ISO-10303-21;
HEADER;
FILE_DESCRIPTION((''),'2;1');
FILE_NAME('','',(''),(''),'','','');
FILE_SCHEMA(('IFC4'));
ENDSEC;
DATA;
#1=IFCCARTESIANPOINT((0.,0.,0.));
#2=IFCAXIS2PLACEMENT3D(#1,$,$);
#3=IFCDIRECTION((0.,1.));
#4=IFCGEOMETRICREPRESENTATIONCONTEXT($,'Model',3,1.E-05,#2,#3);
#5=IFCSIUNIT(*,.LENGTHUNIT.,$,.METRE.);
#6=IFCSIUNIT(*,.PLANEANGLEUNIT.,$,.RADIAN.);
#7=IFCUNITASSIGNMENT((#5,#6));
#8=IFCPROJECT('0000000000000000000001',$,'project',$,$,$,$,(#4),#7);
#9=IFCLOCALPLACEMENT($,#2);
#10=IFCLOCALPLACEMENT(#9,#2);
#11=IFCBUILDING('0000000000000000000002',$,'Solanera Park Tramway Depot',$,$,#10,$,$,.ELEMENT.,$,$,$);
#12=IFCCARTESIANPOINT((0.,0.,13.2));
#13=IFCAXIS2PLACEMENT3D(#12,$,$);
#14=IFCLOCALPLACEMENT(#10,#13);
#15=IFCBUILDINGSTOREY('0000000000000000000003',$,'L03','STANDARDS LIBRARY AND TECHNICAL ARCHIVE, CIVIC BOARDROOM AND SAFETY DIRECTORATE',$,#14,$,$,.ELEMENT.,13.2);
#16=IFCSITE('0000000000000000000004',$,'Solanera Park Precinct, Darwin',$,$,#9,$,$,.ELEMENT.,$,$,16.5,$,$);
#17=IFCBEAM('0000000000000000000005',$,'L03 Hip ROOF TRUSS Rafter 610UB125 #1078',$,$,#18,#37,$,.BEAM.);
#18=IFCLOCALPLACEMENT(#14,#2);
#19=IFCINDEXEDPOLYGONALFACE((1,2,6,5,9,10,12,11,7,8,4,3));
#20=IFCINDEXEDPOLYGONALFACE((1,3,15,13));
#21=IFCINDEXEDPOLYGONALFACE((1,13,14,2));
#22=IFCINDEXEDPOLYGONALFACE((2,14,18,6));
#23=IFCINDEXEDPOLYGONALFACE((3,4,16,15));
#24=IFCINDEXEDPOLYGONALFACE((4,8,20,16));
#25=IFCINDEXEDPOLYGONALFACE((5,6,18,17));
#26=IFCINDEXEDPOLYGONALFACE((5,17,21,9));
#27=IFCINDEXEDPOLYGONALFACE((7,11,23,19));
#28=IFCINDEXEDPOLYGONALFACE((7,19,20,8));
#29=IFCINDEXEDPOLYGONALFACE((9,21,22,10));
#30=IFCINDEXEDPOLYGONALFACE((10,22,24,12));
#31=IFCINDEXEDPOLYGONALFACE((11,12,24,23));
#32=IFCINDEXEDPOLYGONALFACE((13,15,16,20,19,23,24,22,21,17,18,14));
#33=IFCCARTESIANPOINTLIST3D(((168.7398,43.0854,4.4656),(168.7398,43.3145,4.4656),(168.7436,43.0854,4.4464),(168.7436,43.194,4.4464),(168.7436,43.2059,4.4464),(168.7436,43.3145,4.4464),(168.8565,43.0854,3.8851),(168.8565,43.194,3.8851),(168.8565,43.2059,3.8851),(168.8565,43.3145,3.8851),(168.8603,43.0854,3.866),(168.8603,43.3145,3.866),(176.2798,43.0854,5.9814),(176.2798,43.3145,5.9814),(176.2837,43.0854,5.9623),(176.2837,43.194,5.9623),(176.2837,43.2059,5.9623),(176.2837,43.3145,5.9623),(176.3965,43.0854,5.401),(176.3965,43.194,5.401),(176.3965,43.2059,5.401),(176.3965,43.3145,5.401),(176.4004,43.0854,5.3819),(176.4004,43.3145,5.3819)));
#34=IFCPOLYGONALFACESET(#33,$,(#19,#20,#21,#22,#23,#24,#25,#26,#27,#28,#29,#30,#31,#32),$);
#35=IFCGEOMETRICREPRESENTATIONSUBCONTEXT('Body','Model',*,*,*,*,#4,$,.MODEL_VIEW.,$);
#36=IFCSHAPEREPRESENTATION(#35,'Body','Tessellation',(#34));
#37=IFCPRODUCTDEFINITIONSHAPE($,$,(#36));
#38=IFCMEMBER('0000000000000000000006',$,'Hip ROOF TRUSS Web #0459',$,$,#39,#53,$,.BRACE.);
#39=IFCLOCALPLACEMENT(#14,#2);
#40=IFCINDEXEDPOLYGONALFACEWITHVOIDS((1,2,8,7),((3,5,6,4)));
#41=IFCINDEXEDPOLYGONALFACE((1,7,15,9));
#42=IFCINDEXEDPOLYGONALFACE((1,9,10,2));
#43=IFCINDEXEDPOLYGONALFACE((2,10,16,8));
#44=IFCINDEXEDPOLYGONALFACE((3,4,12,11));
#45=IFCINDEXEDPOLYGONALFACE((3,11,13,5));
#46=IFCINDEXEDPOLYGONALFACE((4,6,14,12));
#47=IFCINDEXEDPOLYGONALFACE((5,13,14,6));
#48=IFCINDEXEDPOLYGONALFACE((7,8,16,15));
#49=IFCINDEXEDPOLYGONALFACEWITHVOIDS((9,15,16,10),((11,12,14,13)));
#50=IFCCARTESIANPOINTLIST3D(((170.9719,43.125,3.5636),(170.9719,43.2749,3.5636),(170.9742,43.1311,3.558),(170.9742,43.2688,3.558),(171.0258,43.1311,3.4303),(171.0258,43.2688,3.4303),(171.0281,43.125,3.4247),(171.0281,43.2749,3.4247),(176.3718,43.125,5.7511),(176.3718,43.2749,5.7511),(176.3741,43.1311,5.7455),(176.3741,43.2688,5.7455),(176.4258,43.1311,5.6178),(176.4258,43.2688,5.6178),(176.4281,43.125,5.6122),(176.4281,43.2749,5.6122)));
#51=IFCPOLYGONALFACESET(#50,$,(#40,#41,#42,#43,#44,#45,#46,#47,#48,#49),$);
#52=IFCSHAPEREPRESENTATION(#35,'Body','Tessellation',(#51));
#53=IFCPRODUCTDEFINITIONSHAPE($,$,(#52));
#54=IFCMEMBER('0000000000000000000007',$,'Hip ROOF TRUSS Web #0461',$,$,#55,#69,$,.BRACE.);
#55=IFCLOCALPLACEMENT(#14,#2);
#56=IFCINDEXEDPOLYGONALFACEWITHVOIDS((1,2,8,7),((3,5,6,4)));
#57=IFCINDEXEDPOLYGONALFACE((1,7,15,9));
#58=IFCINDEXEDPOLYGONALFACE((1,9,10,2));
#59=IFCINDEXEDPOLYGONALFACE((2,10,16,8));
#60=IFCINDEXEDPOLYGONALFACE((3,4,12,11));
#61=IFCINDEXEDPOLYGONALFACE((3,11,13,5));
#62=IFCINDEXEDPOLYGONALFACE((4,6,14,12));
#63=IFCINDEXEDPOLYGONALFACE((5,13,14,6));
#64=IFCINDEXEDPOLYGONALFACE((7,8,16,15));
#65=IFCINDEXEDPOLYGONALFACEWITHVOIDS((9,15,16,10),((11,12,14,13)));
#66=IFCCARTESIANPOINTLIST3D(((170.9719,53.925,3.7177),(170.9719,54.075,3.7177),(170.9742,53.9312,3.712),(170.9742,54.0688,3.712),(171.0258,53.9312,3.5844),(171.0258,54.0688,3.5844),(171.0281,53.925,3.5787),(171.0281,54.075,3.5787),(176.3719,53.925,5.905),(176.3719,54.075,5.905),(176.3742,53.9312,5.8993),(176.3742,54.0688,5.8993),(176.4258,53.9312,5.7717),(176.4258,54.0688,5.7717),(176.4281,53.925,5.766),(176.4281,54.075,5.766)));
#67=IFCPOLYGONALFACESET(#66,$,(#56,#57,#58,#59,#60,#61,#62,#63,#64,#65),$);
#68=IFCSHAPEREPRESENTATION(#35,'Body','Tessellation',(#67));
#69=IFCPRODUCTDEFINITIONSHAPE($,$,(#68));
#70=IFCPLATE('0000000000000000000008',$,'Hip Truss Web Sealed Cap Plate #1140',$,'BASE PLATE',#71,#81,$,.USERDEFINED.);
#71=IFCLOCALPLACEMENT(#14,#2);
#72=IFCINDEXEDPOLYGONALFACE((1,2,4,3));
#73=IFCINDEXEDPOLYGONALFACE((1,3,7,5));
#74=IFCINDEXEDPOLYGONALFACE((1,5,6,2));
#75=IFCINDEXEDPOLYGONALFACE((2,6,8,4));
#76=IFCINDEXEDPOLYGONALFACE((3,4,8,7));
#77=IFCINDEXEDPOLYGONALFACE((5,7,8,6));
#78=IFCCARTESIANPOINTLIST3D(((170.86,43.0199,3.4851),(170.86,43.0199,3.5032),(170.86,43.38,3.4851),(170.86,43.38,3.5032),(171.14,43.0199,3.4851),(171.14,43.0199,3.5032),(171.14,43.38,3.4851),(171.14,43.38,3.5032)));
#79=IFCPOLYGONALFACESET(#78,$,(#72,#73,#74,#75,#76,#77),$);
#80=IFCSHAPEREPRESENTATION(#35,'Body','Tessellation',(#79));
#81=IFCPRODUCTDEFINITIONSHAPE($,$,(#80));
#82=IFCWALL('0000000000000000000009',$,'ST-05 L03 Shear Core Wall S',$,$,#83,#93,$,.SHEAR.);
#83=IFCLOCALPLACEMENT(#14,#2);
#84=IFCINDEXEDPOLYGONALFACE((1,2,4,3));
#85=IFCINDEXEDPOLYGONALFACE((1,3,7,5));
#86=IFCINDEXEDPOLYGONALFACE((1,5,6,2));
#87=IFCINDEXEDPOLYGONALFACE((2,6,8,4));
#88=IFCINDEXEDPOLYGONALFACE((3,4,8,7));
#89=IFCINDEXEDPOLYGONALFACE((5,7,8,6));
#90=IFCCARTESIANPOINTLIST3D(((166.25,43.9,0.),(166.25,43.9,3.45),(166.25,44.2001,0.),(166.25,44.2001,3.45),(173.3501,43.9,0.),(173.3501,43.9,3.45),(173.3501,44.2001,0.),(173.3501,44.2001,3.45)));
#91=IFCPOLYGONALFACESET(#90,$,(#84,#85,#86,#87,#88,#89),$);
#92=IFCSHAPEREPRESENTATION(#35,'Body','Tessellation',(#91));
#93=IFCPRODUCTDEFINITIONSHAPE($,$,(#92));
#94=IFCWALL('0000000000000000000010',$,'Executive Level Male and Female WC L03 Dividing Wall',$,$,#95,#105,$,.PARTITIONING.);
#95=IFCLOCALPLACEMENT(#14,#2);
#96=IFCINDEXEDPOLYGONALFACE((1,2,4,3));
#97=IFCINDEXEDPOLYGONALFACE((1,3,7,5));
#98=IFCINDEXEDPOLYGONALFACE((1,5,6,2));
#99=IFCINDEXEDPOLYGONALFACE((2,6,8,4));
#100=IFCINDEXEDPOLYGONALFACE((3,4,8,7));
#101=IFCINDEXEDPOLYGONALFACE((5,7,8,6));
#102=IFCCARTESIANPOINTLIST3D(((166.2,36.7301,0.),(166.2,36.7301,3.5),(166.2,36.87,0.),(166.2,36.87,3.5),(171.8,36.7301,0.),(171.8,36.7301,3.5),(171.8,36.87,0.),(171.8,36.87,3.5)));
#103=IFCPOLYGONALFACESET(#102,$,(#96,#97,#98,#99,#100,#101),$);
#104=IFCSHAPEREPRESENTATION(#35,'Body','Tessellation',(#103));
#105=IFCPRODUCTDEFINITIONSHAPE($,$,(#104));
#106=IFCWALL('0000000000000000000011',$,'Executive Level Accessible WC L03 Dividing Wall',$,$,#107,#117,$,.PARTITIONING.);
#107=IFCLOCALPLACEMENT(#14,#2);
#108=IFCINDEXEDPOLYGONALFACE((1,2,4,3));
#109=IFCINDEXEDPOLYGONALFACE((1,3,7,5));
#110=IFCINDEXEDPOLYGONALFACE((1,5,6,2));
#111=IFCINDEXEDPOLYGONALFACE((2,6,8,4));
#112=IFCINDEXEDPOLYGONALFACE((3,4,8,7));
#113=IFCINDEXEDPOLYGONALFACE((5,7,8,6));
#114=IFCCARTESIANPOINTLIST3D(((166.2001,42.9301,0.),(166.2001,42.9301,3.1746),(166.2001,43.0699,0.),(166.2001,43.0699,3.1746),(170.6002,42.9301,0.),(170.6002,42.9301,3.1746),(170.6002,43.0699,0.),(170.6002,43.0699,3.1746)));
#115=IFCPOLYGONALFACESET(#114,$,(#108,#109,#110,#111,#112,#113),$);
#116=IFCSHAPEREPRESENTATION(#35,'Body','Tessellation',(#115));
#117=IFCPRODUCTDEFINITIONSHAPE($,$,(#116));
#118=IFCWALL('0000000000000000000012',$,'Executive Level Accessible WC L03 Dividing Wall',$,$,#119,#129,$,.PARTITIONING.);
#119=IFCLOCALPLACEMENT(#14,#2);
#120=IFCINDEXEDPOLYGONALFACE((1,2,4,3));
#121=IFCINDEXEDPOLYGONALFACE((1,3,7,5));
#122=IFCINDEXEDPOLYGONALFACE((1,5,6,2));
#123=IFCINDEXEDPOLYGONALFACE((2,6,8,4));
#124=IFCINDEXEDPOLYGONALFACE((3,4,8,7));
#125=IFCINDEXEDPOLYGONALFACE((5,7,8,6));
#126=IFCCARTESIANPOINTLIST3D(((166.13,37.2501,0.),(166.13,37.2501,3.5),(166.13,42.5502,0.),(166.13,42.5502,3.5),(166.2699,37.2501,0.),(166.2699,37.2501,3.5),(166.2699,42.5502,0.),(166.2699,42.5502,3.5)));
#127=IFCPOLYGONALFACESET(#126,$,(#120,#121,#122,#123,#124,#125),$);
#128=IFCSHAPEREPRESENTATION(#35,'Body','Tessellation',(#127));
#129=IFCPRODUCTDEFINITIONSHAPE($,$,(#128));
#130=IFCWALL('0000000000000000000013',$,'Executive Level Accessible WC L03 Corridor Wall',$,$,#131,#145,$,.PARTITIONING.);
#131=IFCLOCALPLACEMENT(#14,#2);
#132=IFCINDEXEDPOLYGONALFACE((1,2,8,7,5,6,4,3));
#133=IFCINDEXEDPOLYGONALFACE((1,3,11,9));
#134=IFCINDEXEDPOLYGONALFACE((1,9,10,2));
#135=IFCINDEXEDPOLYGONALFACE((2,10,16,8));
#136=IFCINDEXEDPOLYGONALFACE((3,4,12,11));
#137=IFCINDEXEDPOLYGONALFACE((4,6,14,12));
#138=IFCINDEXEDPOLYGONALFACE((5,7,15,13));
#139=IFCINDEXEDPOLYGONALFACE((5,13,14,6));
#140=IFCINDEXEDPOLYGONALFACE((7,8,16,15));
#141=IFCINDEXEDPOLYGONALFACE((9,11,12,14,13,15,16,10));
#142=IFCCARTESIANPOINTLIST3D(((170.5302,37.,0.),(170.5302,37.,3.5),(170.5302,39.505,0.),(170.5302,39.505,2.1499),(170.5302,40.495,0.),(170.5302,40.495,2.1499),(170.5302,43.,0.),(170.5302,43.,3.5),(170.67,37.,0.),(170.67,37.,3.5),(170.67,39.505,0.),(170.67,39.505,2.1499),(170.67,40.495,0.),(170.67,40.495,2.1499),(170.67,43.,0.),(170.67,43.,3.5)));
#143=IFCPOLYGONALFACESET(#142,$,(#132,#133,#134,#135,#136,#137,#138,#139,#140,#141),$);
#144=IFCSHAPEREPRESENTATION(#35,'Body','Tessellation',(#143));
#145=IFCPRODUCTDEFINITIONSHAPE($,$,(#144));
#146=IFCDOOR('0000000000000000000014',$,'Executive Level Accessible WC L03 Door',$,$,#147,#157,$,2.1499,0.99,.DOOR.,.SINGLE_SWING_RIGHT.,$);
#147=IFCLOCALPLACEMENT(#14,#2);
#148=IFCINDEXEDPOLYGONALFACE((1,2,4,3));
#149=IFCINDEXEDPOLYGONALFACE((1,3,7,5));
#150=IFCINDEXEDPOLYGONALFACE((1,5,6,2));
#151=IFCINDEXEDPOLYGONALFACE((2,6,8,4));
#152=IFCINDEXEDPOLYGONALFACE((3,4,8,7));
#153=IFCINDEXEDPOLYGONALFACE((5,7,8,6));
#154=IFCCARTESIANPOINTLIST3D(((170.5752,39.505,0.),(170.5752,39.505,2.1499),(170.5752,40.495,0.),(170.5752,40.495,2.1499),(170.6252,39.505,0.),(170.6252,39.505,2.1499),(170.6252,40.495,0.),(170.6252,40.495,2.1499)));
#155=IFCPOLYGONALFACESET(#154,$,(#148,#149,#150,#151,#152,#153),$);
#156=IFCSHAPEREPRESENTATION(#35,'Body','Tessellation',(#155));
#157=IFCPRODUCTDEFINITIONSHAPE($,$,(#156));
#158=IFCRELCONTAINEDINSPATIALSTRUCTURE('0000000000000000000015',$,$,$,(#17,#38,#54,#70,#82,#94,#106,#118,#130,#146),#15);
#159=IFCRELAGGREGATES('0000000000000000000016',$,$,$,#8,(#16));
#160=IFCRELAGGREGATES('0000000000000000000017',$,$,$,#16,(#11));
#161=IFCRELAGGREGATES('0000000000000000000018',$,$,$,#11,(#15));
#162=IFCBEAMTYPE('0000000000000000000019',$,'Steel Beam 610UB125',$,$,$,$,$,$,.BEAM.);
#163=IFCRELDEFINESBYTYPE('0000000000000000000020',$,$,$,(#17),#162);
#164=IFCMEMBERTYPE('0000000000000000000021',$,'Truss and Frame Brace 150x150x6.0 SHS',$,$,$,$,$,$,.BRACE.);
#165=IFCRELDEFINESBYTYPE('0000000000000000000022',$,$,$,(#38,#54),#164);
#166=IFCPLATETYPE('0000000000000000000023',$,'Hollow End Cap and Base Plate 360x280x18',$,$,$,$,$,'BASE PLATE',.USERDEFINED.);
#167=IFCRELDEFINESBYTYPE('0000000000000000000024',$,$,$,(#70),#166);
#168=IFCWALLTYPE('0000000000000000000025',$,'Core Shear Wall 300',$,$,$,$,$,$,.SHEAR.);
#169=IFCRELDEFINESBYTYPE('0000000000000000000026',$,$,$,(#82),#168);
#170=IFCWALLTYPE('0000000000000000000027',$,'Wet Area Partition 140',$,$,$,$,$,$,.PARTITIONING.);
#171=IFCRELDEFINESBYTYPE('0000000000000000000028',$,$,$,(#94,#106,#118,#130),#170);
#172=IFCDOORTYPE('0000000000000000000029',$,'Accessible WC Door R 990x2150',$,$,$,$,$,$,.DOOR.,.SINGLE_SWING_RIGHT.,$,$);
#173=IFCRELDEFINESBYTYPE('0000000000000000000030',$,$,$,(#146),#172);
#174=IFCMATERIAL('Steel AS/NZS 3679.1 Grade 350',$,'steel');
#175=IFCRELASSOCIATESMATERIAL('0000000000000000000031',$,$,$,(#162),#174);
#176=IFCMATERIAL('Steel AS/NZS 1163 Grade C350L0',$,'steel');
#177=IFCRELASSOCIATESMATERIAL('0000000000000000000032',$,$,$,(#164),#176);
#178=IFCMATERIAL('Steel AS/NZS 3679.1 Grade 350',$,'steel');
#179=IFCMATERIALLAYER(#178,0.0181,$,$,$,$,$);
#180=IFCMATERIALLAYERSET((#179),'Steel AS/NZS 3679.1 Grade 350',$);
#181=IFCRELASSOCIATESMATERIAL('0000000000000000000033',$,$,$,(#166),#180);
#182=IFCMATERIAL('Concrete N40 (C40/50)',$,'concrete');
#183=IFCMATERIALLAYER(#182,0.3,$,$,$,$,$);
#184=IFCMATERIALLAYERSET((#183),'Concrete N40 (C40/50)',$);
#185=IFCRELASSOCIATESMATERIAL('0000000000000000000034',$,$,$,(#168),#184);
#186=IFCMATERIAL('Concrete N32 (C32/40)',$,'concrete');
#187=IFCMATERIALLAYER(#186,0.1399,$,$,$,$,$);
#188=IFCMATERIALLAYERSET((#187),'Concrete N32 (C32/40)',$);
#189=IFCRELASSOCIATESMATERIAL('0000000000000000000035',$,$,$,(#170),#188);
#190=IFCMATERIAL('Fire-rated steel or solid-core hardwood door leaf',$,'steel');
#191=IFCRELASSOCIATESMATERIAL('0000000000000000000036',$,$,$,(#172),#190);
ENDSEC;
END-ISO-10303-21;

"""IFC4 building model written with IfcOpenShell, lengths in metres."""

from ifc_helpers import new_model, si_unit, direction, frame, frame_2d, origin, origin_2d, place, context, subcontext, project, spatial, rectangle, hollow_rectangle, i_section, extrude, material, layer, layer_set, material_profile, profile_set, type_object, element, fill, save


model = new_model("IFC4")

# Units and contexts
model_context = context("Model", 3, precision=1e-05, world=origin(), true_north=direction((0.0, 1.0)))
body_context = subcontext(model_context, "Body", "Model", "MODEL_VIEW")
ifc_project = project(units=[si_unit("LENGTHUNIT", "METRE"), si_unit("PLANEANGLEUNIT", "RADIAN")], contexts=[model_context])

# Site, building, storey
site_placement = place(None, origin())
site = spatial("IfcSite", under=ifc_project, at=site_placement, Name="Solanera Park Precinct, Darwin", CompositionType="ELEMENT", RefElevation=16.5)
building_placement = place(site_placement, origin())
building = spatial("IfcBuilding", under=site, at=building_placement, Name="Solanera Park Tramway Depot", CompositionType="ELEMENT")
storey_placement = place(building_placement, frame((0.0, 0.0, 13.2)))
storey = spatial("IfcBuildingStorey", under=building, at=storey_placement, Name="L03", Description="STANDARDS LIBRARY AND TECHNICAL ARCHIVE, CIVIC BOARDROOM AND SAFETY DIRECTORATE", CompositionType="ELEMENT", Elevation=13.2)

# Beam
ifc_material_1 = material(Name="Steel AS/NZS 3679.1 Grade 350", Category="steel")
ifc_material_profile_1 = material_profile(ifc_material_1, i_section(OverallWidth=0.229, OverallDepth=0.6116, WebThickness=0.012, FlangeThickness=0.0195, at=origin_2d()), Name="610UB125")
ifc_profile_set_1 = profile_set([ifc_material_profile_1], Name="Steel AS/NZS 3679.1 Grade 350")
beam_type_1 = type_object("IfcBeamType", Name="Steel Beam 610UB125", PredefinedType="BEAM", material=ifc_profile_set_1)
beam_1_placement = place(storey_placement, frame((168.8, 43.2, 4.1658), z_axis=(0.980384, 0.0, 0.197099), x_axis=(0.0, 1.0, 0.0)))
element("IfcBeam", 1, at=beam_1_placement, inside=storey, type_object=beam_type_1, Name="L03 Hip ROOF TRUSS Rafter 610UB125 #1078", PredefinedType="BEAM", context=body_context, shape_type="SweptSolid", body=[
    extrude(i_section(OverallWidth=0.229, OverallDepth=0.6116, WebThickness=0.012, FlangeThickness=0.0195, at=origin_2d()), origin(), (0.0, 0.0, 1.0), 7.6909),
])

# Members
ifc_material_2 = material(Name="Steel AS/NZS 1163 Grade C350L0", Category="steel")
ifc_material_profile_2 = material_profile(ifc_material_2, hollow_rectangle(XDim=0.1499, YDim=0.1499, WallThickness=0.0061, at=origin_2d()), Name="150x150x6.0 SHS")
ifc_profile_set_2 = profile_set([ifc_material_profile_2], Name="Steel AS/NZS 1163 Grade C350L0")
member_type_1 = type_object("IfcMemberType", Name="Truss and Frame Brace 150x150x6.0 SHS", PredefinedType="BRACE", material=ifc_profile_set_2)
for number, where, z_axis, x_axis, name in (
    (2, (171.0, 43.2, 3.4941), (0.926838, 0.0, 0.375462), (0.0, 1.0, 0.0), "Hip ROOF TRUSS Web #0459"),
    (3, (171.0, 54.0, 3.6482), (0.926852, 0.0, 0.375426), (0.0, 1.0, 0.0), "Hip ROOF TRUSS Web #0461"),
):
    element("IfcMember", number, at=place(storey_placement, frame(where, z_axis=z_axis, x_axis=x_axis)), inside=storey, type_object=member_type_1, Name=name, PredefinedType="BRACE", context=body_context, shape_type="SweptSolid", body=[
        extrude(hollow_rectangle(XDim=0.1499, YDim=0.1499, WallThickness=0.0061, at=origin_2d()), origin(), (0.0, 0.0, 1.0), 5.8262),
    ])

# Plate
ifc_material_3 = material(Name="Steel AS/NZS 3679.1 Grade 350", Category="steel")
ifc_layer_1 = layer(ifc_material_3, 0.0181)
ifc_layer_set_1 = layer_set([ifc_layer_1], Name="Steel AS/NZS 3679.1 Grade 350")
plate_type = type_object("IfcPlateType", Name="Hollow End Cap and Base Plate 360x280x18", ElementType="BASE PLATE", PredefinedType="USERDEFINED", material=ifc_layer_set_1)
plate_placement = place(storey_placement, frame((171.0, 43.2, 3.4851), z_axis=(0.0, 0.0, 1.0), x_axis=(1.0, 0.0, 0.0)))
element("IfcPlate", 4, at=plate_placement, inside=storey, type_object=plate_type, Name="Hip Truss Web Sealed Cap Plate #1140", ObjectType="BASE PLATE", PredefinedType="USERDEFINED", context=body_context, shape_type="SweptSolid", body=[
    extrude(rectangle(XDim=0.28, YDim=0.3601, at=origin_2d()), origin(), (0.0, 0.0, 1.0), 0.0181),
])

# Wall
ifc_material_4 = material(Name="Concrete N40 (C40/50)", Category="concrete")
ifc_layer_2 = layer(ifc_material_4, 0.3)
ifc_layer_set_2 = layer_set([ifc_layer_2], Name="Concrete N40 (C40/50)")
wall_type_1 = type_object("IfcWallType", Name="Core Shear Wall 300", PredefinedType="SHEAR", material=ifc_layer_set_2)
wall_1_placement = place(storey_placement, frame((166.25, 44.05, 0.0), z_axis=(0.0, 0.0, 1.0), x_axis=(1.0, 0.0, 0.0)))
element("IfcWall", 5, at=wall_1_placement, inside=storey, type_object=wall_type_1, Name="ST-05 L03 Shear Core Wall S", PredefinedType="SHEAR", context=body_context, shape_type="SweptSolid", body=[
    extrude(rectangle(XDim=7.1001, YDim=0.3, at=frame_2d((3.55, 0.0))), origin(), (0.0, 0.0, 1.0), 3.45),
])

# Walls
ifc_material_5 = material(Name="Concrete N32 (C32/40)", Category="concrete")
ifc_layer_3 = layer(ifc_material_5, 0.1399)
ifc_layer_set_3 = layer_set([ifc_layer_3], Name="Concrete N32 (C32/40)")
wall_type_2 = type_object("IfcWallType", Name="Wet Area Partition 140", PredefinedType="PARTITIONING", material=ifc_layer_set_3)
wall_2_placement = place(storey_placement, frame((166.2, 36.8, 0.0), z_axis=(0.0, 0.0, 1.0), x_axis=(1.0, 0.0, 0.0)))
element("IfcWall", 6, at=wall_2_placement, inside=storey, type_object=wall_type_2, Name="Executive Level Male and Female WC L03 Dividing Wall", PredefinedType="PARTITIONING", context=body_context, shape_type="SweptSolid", body=[
    extrude(rectangle(XDim=5.6001, YDim=0.1399, at=frame_2d((2.8, 0.0))), origin(), (0.0, 0.0, 1.0), 3.5),
])
wall_3_placement = place(storey_placement, frame((166.2, 43.0, 0.0), z_axis=(0.0, 0.0, 1.0), x_axis=(1.0, 0.0, 0.0)))
element("IfcWall", 7, at=wall_3_placement, inside=storey, type_object=wall_type_2, Name="Executive Level Accessible WC L03 Dividing Wall", PredefinedType="PARTITIONING", context=body_context, shape_type="SweptSolid", body=[
    extrude(rectangle(XDim=4.4001, YDim=0.1399, at=frame_2d((2.2002, 0.0))), origin(), (0.0, 0.0, 1.0), 3.1746),
])
wall_4_placement = place(storey_placement, frame((166.2, 42.55, 0.0), z_axis=(0.0, 0.0, 1.0), x_axis=(0.0, -1.0, 0.0)))
element("IfcWall", 8, at=wall_4_placement, inside=storey, type_object=wall_type_2, Name="Executive Level Accessible WC L03 Dividing Wall", PredefinedType="PARTITIONING", context=body_context, shape_type="SweptSolid", body=[
    extrude(rectangle(XDim=5.3, YDim=0.1399, at=frame_2d((2.6499, 0.0))), origin(), (0.0, 0.0, 1.0), 3.5),
])

# Wall, opening, door
wall_5_placement = place(storey_placement, frame((170.6001, 37.0, 0.0), z_axis=(0.0, 0.0, 1.0), x_axis=(0.0, 1.0, 0.0)))
wall_5 = element("IfcWall", 9, at=wall_5_placement, inside=storey, type_object=wall_type_2, Name="Executive Level Accessible WC L03 Corridor Wall", PredefinedType="PARTITIONING", context=body_context, shape_type="SweptSolid", body=[
    extrude(rectangle(XDim=6.0, YDim=0.1399, at=frame_2d((3.0, 0.0))), origin(), (0.0, 0.0, 1.0), 3.5),
])
opening_1_placement = place(wall_5_placement, frame((2.5049, 0.0, 0.0)))
opening_1 = element("IfcOpeningElement", 10, at=opening_1_placement, cuts=wall_5, PredefinedType="OPENING", context=body_context, shape_type="SweptSolid", body=[
    extrude(rectangle(XDim=0.99, YDim=2.1499, at=frame_2d((0.4951, 1.075))), frame((0.0, 0.0801, 0.0), z_axis=(0.0, -1.0, 0.0), x_axis=(1.0, 0.0, 0.0)), (0.0, 0.0, 1.0), 0.1599),
])
ifc_material_6 = material(Name="Fire-rated steel or solid-core hardwood door leaf", Category="steel")
door_type_1 = type_object("IfcDoorType", Name="Accessible WC Door R 990x2150", OperationType="SINGLE_SWING_RIGHT", PredefinedType="DOOR", material=ifc_material_6)
door_1_placement = place(opening_1_placement, origin())
door_1 = element("IfcDoor", 11, at=door_1_placement, inside=storey, type_object=door_type_1, Name="Executive Level Accessible WC L03 Door", OperationType="SINGLE_SWING_RIGHT", OverallHeight=2.1499, OverallWidth=0.99, PredefinedType="DOOR", context=body_context, shape_type="SweptSolid", body=[
    extrude(rectangle(XDim=0.99, YDim=2.1499, at=frame_2d((0.4951, 1.075))), frame((0.0, 0.0249, 0.0), z_axis=(0.0, -1.0, 0.0), x_axis=(1.0, 0.0, 0.0)), (0.0, 0.0, 1.0), 0.05),
])
fill(opening_1, door_1)

save(model, "model.ifc")
